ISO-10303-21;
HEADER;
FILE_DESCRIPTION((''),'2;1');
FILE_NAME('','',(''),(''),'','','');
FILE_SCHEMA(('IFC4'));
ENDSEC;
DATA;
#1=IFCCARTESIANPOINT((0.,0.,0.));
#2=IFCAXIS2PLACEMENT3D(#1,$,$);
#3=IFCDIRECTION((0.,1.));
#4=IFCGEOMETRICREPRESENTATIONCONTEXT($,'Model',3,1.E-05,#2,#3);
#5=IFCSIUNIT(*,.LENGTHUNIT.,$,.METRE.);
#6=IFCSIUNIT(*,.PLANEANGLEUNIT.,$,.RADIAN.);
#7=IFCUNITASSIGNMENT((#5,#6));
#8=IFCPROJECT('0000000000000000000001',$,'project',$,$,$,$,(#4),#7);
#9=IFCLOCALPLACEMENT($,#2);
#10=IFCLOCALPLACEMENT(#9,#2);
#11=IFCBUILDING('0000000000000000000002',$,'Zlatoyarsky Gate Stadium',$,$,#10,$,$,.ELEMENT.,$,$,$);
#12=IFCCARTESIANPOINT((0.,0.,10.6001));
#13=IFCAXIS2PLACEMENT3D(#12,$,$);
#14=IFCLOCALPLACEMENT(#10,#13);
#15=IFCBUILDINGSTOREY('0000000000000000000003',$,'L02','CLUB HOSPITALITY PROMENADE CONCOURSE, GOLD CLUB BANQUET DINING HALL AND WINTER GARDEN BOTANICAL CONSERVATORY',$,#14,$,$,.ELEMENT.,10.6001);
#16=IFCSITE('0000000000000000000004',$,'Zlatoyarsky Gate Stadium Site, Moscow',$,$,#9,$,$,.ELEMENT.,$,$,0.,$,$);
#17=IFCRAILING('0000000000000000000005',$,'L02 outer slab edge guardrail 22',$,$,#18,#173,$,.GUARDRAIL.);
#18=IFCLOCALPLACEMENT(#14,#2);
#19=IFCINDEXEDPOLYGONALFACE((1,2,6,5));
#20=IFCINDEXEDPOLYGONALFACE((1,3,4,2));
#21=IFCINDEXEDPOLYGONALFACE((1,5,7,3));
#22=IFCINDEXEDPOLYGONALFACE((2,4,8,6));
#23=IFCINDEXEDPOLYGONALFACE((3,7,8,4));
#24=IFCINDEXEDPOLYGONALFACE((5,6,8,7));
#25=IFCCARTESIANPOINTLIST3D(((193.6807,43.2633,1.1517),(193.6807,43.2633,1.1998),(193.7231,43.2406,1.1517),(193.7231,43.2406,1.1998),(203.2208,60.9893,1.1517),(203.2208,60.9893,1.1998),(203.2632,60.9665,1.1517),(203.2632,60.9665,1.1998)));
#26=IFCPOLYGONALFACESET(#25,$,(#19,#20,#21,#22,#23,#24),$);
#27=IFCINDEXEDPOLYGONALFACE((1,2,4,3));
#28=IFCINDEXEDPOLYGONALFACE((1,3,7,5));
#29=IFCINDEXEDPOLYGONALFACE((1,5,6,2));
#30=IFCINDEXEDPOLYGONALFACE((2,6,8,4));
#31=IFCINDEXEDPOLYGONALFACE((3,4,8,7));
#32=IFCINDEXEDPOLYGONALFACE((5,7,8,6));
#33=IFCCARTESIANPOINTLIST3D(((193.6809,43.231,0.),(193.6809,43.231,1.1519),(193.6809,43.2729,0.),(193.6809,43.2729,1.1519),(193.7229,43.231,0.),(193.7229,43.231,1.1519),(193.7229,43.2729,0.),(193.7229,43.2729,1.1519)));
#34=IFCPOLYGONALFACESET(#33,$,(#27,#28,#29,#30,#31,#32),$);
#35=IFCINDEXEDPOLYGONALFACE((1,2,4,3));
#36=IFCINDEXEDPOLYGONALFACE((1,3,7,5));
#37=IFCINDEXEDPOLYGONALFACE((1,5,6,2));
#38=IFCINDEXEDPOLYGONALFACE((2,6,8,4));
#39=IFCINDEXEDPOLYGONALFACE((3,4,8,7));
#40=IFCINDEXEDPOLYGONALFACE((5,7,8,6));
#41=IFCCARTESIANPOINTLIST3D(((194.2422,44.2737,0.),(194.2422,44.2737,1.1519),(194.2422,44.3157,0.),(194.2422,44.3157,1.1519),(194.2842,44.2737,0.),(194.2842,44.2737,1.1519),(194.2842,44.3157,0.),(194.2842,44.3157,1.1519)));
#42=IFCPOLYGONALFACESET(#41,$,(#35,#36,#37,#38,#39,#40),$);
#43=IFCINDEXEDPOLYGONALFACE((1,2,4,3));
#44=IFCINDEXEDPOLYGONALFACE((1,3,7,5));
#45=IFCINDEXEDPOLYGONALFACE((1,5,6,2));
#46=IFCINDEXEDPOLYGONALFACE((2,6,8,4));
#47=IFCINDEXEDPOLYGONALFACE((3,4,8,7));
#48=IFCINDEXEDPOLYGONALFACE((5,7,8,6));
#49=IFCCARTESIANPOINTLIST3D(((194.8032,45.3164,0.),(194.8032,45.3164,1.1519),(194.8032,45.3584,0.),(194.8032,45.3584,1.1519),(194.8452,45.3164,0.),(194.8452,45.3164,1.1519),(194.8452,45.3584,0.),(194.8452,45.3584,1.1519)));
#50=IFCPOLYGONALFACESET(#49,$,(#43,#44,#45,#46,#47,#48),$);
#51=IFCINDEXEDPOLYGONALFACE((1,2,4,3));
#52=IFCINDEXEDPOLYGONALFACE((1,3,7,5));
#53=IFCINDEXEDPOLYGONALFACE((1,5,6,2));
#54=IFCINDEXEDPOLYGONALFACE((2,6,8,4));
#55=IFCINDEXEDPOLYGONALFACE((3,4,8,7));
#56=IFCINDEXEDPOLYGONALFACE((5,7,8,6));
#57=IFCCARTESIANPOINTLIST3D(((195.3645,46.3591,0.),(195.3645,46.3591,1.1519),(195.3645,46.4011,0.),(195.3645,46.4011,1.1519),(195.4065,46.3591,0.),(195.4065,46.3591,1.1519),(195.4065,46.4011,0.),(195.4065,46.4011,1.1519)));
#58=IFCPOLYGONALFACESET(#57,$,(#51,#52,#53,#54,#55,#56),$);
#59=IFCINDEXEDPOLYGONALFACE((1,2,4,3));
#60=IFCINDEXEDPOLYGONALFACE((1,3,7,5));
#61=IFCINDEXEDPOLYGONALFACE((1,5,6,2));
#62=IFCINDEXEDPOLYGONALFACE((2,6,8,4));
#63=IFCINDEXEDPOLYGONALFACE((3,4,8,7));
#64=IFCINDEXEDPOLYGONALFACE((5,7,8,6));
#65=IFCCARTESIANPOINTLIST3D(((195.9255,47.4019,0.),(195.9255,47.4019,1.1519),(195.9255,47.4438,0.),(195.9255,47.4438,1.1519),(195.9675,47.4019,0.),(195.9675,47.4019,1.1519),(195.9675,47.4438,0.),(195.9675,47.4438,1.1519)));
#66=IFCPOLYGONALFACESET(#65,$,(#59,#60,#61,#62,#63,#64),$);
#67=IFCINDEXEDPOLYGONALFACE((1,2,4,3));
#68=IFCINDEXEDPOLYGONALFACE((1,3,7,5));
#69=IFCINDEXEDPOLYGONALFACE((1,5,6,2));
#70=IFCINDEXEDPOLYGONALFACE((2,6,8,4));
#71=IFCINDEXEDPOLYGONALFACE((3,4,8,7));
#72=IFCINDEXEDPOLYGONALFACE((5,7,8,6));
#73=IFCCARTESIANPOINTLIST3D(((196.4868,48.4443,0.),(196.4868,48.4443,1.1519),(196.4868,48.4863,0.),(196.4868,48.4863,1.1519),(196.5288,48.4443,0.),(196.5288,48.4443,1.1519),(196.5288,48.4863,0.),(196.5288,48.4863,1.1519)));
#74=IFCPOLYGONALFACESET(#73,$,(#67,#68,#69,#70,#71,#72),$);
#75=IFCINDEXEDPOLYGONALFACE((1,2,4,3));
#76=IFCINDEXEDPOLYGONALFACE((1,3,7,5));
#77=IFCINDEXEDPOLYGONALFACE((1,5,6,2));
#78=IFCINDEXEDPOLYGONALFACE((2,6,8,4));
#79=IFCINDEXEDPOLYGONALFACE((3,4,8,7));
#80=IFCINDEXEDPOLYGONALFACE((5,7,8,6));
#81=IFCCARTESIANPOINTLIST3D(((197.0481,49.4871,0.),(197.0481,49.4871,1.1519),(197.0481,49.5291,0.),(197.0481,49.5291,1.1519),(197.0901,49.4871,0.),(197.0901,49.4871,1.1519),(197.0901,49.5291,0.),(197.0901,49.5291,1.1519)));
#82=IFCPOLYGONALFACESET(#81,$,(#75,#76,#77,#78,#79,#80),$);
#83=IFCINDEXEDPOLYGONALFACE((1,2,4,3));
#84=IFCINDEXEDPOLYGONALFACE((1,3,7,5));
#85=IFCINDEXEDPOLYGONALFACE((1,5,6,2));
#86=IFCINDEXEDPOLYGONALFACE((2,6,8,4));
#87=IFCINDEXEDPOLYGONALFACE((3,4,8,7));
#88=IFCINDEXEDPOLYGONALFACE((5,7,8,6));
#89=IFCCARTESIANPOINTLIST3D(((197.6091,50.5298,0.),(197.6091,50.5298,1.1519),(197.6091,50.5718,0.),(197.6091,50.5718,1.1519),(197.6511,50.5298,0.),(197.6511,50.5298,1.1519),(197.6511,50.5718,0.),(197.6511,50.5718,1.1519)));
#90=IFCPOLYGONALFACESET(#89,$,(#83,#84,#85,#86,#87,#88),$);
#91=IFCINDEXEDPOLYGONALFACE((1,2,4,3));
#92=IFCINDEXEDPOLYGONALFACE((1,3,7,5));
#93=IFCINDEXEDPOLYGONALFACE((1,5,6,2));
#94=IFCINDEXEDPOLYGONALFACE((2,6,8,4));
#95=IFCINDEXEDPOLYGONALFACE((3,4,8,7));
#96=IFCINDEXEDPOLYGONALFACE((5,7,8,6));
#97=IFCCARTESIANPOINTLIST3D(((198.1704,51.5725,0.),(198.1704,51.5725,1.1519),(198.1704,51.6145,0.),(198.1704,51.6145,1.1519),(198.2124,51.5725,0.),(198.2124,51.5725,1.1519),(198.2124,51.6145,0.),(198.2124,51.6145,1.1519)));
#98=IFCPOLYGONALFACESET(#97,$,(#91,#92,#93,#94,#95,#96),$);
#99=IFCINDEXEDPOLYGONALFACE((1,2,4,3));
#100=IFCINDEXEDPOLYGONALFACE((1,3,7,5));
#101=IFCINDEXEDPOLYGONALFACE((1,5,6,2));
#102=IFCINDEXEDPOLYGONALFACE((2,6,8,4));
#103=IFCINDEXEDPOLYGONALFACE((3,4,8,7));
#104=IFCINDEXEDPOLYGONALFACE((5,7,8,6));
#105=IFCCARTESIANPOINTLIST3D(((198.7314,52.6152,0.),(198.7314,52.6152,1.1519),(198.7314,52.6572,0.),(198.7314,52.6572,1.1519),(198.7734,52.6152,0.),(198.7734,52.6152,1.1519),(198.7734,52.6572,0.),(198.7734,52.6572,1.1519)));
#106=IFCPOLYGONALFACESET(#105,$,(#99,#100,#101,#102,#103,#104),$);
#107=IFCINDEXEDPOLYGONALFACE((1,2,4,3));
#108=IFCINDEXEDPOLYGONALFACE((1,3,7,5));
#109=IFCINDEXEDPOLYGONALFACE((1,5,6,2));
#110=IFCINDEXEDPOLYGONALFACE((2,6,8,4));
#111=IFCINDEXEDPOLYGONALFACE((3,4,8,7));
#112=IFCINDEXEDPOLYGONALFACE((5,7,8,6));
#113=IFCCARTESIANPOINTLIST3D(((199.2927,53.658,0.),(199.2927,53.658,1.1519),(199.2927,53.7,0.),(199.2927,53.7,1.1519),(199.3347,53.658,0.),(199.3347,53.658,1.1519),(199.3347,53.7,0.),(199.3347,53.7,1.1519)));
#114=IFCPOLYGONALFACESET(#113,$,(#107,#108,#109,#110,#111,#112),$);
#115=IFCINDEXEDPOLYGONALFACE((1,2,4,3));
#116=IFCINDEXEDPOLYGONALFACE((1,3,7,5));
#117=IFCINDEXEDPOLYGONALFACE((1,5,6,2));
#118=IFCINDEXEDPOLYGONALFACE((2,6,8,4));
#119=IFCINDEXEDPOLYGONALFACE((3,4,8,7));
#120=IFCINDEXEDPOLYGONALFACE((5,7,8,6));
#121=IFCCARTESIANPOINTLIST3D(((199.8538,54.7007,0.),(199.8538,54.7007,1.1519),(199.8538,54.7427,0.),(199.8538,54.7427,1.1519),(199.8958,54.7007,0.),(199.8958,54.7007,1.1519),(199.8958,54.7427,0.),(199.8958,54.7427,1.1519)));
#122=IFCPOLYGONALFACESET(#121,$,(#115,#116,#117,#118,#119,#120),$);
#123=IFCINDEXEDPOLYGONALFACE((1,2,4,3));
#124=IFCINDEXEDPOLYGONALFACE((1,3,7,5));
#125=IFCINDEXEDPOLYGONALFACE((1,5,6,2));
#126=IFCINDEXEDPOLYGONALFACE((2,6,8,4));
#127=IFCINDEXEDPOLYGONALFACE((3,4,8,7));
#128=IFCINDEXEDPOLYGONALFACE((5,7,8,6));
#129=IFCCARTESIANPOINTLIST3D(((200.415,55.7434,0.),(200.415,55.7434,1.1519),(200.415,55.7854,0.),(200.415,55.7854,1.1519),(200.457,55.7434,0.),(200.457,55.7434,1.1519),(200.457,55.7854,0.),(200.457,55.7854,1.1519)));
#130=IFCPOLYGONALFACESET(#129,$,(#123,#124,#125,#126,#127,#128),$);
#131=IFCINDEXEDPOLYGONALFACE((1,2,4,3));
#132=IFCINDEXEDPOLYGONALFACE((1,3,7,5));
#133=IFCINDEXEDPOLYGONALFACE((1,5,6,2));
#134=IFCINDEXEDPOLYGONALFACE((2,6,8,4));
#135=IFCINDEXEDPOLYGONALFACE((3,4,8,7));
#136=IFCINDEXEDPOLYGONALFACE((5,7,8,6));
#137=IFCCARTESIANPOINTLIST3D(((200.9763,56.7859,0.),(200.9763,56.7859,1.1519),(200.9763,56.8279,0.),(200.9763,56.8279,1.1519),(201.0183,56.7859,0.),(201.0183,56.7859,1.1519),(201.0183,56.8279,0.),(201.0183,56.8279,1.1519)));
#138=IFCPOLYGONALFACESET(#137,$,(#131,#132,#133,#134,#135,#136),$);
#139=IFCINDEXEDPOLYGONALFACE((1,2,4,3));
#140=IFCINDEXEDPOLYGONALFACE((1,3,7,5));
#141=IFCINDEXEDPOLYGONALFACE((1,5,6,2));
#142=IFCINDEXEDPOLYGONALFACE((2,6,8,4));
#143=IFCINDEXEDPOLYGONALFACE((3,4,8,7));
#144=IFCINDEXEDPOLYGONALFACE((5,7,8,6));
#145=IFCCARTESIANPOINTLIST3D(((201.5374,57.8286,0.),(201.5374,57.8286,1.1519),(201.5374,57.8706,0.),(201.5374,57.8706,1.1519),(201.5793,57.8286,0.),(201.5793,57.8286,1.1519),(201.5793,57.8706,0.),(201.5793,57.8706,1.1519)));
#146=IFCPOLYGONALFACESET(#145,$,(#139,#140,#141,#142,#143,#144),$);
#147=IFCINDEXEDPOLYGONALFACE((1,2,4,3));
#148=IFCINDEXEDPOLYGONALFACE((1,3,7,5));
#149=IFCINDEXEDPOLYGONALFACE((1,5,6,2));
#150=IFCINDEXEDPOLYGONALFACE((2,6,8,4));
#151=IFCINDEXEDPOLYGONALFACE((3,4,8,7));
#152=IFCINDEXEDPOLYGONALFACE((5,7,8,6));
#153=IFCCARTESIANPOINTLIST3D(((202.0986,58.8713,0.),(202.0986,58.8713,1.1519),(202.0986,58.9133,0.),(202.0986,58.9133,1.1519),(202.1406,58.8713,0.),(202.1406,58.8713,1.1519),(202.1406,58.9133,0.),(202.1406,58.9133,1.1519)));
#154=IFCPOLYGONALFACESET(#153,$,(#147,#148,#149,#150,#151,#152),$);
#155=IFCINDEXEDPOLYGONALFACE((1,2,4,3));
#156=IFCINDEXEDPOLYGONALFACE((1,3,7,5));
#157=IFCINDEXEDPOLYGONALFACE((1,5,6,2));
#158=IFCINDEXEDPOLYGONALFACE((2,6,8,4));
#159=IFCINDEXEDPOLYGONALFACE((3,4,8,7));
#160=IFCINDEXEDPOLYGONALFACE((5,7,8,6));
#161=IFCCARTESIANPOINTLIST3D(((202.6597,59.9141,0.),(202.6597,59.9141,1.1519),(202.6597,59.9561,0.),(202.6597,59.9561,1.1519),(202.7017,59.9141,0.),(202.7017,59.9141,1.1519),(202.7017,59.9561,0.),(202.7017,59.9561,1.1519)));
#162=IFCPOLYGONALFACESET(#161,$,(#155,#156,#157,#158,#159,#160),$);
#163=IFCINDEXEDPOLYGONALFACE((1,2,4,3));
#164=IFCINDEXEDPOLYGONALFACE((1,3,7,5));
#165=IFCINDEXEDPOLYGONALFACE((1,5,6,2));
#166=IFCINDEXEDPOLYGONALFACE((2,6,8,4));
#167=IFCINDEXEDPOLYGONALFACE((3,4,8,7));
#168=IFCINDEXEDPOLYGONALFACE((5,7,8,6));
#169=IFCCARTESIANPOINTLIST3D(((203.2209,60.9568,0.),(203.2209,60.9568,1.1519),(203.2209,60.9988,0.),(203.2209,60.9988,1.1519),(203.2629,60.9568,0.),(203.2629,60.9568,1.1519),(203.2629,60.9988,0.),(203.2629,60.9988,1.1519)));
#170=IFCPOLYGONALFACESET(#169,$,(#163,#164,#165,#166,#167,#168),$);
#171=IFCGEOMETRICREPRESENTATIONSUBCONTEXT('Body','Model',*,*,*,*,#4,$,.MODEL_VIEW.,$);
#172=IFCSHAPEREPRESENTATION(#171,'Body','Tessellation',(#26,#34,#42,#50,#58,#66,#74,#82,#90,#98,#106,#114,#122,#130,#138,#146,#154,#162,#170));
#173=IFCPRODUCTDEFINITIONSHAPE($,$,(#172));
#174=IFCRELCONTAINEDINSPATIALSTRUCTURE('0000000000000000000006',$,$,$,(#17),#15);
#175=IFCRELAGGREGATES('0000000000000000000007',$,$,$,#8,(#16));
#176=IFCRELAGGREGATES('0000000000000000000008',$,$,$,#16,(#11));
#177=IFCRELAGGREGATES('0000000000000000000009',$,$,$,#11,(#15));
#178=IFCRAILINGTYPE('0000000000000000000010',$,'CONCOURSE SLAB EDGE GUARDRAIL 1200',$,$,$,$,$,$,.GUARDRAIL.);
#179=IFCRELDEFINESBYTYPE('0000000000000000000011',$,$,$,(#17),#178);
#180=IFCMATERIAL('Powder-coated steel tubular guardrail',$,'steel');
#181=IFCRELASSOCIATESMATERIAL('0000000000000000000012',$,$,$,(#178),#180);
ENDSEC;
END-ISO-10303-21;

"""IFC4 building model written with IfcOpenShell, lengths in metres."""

from ifc_helpers import new_model, si_unit, direction, frame, origin, origin_2d, place, context, subcontext, project, spatial, rectangle, extrude, material, type_object, element, save


model = new_model("IFC4")

# Units and contexts
model_context = context("Model", 3, precision=1e-05, world=origin(), true_north=direction((0.0, 1.0)))
body_context = subcontext(model_context, "Body", "Model", "MODEL_VIEW")
ifc_project = project(units=[si_unit("LENGTHUNIT", "METRE"), si_unit("PLANEANGLEUNIT", "RADIAN")], contexts=[model_context])

# Site, building, storey
site_placement = place(None, origin())
site = spatial("IfcSite", under=ifc_project, at=site_placement, Name="Zlatoyarsky Gate Stadium Site, Moscow", CompositionType="ELEMENT", RefElevation=0.0)
building_placement = place(site_placement, origin())
building = spatial("IfcBuilding", under=site, at=building_placement, Name="Zlatoyarsky Gate Stadium", CompositionType="ELEMENT")
storey_placement = place(building_placement, frame((0.0, 0.0, 10.6001)))
storey = spatial("IfcBuildingStorey", under=building, at=storey_placement, Name="L02", Description="CLUB HOSPITALITY PROMENADE CONCOURSE, GOLD CLUB BANQUET DINING HALL AND WINTER GARDEN BOTANICAL CONSERVATORY", CompositionType="ELEMENT", Elevation=10.6001)

# Railing
ifc_material_1 = material(Name="Powder-coated steel tubular guardrail", Category="steel")
railing_type = type_object("IfcRailingType", Name="CONCOURSE SLAB EDGE GUARDRAIL 1200", PredefinedType="GUARDRAIL", material=ifc_material_1)
railing_placement = place(storey_placement, frame((193.7019, 43.252, 0.0)))
element("IfcRailing", 1, at=railing_placement, inside=storey, type_object=railing_type, Name="L02 outer slab edge guardrail 22", PredefinedType="GUARDRAIL", context=body_context, shape_type="SweptSolid", body=[
    extrude(rectangle(XDim=0.0481, YDim=0.0481, at=origin_2d()), frame((0.0, 0.0, 1.1758), z_axis=(0.473921, 0.880567, 0.0), x_axis=(-0.880567, 0.473921, 0.0)), (0.0, 0.0, 1.0), 20.1301),
    extrude(rectangle(XDim=0.042, YDim=0.042, at=origin_2d()), origin(), (0.0, 0.0, 1.0), 1.1519),
    extrude(rectangle(XDim=0.042, YDim=0.042, at=origin_2d()), frame((0.5613, 1.0427, 0.0)), (0.0, 0.0, 1.0), 1.1519),
    extrude(rectangle(XDim=0.042, YDim=0.042, at=origin_2d()), frame((1.1223, 2.0854, 0.0)), (0.0, 0.0, 1.0), 1.1519),
    extrude(rectangle(XDim=0.042, YDim=0.042, at=origin_2d()), frame((1.6836, 3.1282, 0.0)), (0.0, 0.0, 1.0), 1.1519),
    extrude(rectangle(XDim=0.042, YDim=0.042, at=origin_2d()), frame((2.2446, 4.1709, 0.0)), (0.0, 0.0, 1.0), 1.1519),
    extrude(rectangle(XDim=0.042, YDim=0.042, at=origin_2d()), frame((2.8059, 5.2134, 0.0)), (0.0, 0.0, 1.0), 1.1519),
    extrude(rectangle(XDim=0.042, YDim=0.042, at=origin_2d()), frame((3.3672, 6.2561, 0.0)), (0.0, 0.0, 1.0), 1.1519),
    extrude(rectangle(XDim=0.042, YDim=0.042, at=origin_2d()), frame((3.9282, 7.2988, 0.0)), (0.0, 0.0, 1.0), 1.1519),
    extrude(rectangle(XDim=0.042, YDim=0.042, at=origin_2d()), frame((4.4895, 8.3416, 0.0)), (0.0, 0.0, 1.0), 1.1519),
    extrude(rectangle(XDim=0.042, YDim=0.042, at=origin_2d()), frame((5.0505, 9.3843, 0.0)), (0.0, 0.0, 1.0), 1.1519),
    extrude(rectangle(XDim=0.042, YDim=0.042, at=origin_2d()), frame((5.6118, 10.427, 0.0)), (0.0, 0.0, 1.0), 1.1519),
    extrude(rectangle(XDim=0.042, YDim=0.042, at=origin_2d()), frame((6.1729, 11.4697, 0.0)), (0.0, 0.0, 1.0), 1.1519),
    extrude(rectangle(XDim=0.042, YDim=0.042, at=origin_2d()), frame((6.7341, 12.5125, 0.0)), (0.0, 0.0, 1.0), 1.1519),
    extrude(rectangle(XDim=0.042, YDim=0.042, at=origin_2d()), frame((7.2954, 13.5549, 0.0)), (0.0, 0.0, 1.0), 1.1519),
    extrude(rectangle(XDim=0.042, YDim=0.042, at=origin_2d()), frame((7.8564, 14.5977, 0.0)), (0.0, 0.0, 1.0), 1.1519),
    extrude(rectangle(XDim=0.042, YDim=0.042, at=origin_2d()), frame((8.4177, 15.6404, 0.0)), (0.0, 0.0, 1.0), 1.1519),
    extrude(rectangle(XDim=0.042, YDim=0.042, at=origin_2d()), frame((8.9788, 16.6831, 0.0)), (0.0, 0.0, 1.0), 1.1519),
    extrude(rectangle(XDim=0.042, YDim=0.042, at=origin_2d()), frame((9.54, 17.7258, 0.0)), (0.0, 0.0, 1.0), 1.1519),
])

save(model, "model.ifc")
